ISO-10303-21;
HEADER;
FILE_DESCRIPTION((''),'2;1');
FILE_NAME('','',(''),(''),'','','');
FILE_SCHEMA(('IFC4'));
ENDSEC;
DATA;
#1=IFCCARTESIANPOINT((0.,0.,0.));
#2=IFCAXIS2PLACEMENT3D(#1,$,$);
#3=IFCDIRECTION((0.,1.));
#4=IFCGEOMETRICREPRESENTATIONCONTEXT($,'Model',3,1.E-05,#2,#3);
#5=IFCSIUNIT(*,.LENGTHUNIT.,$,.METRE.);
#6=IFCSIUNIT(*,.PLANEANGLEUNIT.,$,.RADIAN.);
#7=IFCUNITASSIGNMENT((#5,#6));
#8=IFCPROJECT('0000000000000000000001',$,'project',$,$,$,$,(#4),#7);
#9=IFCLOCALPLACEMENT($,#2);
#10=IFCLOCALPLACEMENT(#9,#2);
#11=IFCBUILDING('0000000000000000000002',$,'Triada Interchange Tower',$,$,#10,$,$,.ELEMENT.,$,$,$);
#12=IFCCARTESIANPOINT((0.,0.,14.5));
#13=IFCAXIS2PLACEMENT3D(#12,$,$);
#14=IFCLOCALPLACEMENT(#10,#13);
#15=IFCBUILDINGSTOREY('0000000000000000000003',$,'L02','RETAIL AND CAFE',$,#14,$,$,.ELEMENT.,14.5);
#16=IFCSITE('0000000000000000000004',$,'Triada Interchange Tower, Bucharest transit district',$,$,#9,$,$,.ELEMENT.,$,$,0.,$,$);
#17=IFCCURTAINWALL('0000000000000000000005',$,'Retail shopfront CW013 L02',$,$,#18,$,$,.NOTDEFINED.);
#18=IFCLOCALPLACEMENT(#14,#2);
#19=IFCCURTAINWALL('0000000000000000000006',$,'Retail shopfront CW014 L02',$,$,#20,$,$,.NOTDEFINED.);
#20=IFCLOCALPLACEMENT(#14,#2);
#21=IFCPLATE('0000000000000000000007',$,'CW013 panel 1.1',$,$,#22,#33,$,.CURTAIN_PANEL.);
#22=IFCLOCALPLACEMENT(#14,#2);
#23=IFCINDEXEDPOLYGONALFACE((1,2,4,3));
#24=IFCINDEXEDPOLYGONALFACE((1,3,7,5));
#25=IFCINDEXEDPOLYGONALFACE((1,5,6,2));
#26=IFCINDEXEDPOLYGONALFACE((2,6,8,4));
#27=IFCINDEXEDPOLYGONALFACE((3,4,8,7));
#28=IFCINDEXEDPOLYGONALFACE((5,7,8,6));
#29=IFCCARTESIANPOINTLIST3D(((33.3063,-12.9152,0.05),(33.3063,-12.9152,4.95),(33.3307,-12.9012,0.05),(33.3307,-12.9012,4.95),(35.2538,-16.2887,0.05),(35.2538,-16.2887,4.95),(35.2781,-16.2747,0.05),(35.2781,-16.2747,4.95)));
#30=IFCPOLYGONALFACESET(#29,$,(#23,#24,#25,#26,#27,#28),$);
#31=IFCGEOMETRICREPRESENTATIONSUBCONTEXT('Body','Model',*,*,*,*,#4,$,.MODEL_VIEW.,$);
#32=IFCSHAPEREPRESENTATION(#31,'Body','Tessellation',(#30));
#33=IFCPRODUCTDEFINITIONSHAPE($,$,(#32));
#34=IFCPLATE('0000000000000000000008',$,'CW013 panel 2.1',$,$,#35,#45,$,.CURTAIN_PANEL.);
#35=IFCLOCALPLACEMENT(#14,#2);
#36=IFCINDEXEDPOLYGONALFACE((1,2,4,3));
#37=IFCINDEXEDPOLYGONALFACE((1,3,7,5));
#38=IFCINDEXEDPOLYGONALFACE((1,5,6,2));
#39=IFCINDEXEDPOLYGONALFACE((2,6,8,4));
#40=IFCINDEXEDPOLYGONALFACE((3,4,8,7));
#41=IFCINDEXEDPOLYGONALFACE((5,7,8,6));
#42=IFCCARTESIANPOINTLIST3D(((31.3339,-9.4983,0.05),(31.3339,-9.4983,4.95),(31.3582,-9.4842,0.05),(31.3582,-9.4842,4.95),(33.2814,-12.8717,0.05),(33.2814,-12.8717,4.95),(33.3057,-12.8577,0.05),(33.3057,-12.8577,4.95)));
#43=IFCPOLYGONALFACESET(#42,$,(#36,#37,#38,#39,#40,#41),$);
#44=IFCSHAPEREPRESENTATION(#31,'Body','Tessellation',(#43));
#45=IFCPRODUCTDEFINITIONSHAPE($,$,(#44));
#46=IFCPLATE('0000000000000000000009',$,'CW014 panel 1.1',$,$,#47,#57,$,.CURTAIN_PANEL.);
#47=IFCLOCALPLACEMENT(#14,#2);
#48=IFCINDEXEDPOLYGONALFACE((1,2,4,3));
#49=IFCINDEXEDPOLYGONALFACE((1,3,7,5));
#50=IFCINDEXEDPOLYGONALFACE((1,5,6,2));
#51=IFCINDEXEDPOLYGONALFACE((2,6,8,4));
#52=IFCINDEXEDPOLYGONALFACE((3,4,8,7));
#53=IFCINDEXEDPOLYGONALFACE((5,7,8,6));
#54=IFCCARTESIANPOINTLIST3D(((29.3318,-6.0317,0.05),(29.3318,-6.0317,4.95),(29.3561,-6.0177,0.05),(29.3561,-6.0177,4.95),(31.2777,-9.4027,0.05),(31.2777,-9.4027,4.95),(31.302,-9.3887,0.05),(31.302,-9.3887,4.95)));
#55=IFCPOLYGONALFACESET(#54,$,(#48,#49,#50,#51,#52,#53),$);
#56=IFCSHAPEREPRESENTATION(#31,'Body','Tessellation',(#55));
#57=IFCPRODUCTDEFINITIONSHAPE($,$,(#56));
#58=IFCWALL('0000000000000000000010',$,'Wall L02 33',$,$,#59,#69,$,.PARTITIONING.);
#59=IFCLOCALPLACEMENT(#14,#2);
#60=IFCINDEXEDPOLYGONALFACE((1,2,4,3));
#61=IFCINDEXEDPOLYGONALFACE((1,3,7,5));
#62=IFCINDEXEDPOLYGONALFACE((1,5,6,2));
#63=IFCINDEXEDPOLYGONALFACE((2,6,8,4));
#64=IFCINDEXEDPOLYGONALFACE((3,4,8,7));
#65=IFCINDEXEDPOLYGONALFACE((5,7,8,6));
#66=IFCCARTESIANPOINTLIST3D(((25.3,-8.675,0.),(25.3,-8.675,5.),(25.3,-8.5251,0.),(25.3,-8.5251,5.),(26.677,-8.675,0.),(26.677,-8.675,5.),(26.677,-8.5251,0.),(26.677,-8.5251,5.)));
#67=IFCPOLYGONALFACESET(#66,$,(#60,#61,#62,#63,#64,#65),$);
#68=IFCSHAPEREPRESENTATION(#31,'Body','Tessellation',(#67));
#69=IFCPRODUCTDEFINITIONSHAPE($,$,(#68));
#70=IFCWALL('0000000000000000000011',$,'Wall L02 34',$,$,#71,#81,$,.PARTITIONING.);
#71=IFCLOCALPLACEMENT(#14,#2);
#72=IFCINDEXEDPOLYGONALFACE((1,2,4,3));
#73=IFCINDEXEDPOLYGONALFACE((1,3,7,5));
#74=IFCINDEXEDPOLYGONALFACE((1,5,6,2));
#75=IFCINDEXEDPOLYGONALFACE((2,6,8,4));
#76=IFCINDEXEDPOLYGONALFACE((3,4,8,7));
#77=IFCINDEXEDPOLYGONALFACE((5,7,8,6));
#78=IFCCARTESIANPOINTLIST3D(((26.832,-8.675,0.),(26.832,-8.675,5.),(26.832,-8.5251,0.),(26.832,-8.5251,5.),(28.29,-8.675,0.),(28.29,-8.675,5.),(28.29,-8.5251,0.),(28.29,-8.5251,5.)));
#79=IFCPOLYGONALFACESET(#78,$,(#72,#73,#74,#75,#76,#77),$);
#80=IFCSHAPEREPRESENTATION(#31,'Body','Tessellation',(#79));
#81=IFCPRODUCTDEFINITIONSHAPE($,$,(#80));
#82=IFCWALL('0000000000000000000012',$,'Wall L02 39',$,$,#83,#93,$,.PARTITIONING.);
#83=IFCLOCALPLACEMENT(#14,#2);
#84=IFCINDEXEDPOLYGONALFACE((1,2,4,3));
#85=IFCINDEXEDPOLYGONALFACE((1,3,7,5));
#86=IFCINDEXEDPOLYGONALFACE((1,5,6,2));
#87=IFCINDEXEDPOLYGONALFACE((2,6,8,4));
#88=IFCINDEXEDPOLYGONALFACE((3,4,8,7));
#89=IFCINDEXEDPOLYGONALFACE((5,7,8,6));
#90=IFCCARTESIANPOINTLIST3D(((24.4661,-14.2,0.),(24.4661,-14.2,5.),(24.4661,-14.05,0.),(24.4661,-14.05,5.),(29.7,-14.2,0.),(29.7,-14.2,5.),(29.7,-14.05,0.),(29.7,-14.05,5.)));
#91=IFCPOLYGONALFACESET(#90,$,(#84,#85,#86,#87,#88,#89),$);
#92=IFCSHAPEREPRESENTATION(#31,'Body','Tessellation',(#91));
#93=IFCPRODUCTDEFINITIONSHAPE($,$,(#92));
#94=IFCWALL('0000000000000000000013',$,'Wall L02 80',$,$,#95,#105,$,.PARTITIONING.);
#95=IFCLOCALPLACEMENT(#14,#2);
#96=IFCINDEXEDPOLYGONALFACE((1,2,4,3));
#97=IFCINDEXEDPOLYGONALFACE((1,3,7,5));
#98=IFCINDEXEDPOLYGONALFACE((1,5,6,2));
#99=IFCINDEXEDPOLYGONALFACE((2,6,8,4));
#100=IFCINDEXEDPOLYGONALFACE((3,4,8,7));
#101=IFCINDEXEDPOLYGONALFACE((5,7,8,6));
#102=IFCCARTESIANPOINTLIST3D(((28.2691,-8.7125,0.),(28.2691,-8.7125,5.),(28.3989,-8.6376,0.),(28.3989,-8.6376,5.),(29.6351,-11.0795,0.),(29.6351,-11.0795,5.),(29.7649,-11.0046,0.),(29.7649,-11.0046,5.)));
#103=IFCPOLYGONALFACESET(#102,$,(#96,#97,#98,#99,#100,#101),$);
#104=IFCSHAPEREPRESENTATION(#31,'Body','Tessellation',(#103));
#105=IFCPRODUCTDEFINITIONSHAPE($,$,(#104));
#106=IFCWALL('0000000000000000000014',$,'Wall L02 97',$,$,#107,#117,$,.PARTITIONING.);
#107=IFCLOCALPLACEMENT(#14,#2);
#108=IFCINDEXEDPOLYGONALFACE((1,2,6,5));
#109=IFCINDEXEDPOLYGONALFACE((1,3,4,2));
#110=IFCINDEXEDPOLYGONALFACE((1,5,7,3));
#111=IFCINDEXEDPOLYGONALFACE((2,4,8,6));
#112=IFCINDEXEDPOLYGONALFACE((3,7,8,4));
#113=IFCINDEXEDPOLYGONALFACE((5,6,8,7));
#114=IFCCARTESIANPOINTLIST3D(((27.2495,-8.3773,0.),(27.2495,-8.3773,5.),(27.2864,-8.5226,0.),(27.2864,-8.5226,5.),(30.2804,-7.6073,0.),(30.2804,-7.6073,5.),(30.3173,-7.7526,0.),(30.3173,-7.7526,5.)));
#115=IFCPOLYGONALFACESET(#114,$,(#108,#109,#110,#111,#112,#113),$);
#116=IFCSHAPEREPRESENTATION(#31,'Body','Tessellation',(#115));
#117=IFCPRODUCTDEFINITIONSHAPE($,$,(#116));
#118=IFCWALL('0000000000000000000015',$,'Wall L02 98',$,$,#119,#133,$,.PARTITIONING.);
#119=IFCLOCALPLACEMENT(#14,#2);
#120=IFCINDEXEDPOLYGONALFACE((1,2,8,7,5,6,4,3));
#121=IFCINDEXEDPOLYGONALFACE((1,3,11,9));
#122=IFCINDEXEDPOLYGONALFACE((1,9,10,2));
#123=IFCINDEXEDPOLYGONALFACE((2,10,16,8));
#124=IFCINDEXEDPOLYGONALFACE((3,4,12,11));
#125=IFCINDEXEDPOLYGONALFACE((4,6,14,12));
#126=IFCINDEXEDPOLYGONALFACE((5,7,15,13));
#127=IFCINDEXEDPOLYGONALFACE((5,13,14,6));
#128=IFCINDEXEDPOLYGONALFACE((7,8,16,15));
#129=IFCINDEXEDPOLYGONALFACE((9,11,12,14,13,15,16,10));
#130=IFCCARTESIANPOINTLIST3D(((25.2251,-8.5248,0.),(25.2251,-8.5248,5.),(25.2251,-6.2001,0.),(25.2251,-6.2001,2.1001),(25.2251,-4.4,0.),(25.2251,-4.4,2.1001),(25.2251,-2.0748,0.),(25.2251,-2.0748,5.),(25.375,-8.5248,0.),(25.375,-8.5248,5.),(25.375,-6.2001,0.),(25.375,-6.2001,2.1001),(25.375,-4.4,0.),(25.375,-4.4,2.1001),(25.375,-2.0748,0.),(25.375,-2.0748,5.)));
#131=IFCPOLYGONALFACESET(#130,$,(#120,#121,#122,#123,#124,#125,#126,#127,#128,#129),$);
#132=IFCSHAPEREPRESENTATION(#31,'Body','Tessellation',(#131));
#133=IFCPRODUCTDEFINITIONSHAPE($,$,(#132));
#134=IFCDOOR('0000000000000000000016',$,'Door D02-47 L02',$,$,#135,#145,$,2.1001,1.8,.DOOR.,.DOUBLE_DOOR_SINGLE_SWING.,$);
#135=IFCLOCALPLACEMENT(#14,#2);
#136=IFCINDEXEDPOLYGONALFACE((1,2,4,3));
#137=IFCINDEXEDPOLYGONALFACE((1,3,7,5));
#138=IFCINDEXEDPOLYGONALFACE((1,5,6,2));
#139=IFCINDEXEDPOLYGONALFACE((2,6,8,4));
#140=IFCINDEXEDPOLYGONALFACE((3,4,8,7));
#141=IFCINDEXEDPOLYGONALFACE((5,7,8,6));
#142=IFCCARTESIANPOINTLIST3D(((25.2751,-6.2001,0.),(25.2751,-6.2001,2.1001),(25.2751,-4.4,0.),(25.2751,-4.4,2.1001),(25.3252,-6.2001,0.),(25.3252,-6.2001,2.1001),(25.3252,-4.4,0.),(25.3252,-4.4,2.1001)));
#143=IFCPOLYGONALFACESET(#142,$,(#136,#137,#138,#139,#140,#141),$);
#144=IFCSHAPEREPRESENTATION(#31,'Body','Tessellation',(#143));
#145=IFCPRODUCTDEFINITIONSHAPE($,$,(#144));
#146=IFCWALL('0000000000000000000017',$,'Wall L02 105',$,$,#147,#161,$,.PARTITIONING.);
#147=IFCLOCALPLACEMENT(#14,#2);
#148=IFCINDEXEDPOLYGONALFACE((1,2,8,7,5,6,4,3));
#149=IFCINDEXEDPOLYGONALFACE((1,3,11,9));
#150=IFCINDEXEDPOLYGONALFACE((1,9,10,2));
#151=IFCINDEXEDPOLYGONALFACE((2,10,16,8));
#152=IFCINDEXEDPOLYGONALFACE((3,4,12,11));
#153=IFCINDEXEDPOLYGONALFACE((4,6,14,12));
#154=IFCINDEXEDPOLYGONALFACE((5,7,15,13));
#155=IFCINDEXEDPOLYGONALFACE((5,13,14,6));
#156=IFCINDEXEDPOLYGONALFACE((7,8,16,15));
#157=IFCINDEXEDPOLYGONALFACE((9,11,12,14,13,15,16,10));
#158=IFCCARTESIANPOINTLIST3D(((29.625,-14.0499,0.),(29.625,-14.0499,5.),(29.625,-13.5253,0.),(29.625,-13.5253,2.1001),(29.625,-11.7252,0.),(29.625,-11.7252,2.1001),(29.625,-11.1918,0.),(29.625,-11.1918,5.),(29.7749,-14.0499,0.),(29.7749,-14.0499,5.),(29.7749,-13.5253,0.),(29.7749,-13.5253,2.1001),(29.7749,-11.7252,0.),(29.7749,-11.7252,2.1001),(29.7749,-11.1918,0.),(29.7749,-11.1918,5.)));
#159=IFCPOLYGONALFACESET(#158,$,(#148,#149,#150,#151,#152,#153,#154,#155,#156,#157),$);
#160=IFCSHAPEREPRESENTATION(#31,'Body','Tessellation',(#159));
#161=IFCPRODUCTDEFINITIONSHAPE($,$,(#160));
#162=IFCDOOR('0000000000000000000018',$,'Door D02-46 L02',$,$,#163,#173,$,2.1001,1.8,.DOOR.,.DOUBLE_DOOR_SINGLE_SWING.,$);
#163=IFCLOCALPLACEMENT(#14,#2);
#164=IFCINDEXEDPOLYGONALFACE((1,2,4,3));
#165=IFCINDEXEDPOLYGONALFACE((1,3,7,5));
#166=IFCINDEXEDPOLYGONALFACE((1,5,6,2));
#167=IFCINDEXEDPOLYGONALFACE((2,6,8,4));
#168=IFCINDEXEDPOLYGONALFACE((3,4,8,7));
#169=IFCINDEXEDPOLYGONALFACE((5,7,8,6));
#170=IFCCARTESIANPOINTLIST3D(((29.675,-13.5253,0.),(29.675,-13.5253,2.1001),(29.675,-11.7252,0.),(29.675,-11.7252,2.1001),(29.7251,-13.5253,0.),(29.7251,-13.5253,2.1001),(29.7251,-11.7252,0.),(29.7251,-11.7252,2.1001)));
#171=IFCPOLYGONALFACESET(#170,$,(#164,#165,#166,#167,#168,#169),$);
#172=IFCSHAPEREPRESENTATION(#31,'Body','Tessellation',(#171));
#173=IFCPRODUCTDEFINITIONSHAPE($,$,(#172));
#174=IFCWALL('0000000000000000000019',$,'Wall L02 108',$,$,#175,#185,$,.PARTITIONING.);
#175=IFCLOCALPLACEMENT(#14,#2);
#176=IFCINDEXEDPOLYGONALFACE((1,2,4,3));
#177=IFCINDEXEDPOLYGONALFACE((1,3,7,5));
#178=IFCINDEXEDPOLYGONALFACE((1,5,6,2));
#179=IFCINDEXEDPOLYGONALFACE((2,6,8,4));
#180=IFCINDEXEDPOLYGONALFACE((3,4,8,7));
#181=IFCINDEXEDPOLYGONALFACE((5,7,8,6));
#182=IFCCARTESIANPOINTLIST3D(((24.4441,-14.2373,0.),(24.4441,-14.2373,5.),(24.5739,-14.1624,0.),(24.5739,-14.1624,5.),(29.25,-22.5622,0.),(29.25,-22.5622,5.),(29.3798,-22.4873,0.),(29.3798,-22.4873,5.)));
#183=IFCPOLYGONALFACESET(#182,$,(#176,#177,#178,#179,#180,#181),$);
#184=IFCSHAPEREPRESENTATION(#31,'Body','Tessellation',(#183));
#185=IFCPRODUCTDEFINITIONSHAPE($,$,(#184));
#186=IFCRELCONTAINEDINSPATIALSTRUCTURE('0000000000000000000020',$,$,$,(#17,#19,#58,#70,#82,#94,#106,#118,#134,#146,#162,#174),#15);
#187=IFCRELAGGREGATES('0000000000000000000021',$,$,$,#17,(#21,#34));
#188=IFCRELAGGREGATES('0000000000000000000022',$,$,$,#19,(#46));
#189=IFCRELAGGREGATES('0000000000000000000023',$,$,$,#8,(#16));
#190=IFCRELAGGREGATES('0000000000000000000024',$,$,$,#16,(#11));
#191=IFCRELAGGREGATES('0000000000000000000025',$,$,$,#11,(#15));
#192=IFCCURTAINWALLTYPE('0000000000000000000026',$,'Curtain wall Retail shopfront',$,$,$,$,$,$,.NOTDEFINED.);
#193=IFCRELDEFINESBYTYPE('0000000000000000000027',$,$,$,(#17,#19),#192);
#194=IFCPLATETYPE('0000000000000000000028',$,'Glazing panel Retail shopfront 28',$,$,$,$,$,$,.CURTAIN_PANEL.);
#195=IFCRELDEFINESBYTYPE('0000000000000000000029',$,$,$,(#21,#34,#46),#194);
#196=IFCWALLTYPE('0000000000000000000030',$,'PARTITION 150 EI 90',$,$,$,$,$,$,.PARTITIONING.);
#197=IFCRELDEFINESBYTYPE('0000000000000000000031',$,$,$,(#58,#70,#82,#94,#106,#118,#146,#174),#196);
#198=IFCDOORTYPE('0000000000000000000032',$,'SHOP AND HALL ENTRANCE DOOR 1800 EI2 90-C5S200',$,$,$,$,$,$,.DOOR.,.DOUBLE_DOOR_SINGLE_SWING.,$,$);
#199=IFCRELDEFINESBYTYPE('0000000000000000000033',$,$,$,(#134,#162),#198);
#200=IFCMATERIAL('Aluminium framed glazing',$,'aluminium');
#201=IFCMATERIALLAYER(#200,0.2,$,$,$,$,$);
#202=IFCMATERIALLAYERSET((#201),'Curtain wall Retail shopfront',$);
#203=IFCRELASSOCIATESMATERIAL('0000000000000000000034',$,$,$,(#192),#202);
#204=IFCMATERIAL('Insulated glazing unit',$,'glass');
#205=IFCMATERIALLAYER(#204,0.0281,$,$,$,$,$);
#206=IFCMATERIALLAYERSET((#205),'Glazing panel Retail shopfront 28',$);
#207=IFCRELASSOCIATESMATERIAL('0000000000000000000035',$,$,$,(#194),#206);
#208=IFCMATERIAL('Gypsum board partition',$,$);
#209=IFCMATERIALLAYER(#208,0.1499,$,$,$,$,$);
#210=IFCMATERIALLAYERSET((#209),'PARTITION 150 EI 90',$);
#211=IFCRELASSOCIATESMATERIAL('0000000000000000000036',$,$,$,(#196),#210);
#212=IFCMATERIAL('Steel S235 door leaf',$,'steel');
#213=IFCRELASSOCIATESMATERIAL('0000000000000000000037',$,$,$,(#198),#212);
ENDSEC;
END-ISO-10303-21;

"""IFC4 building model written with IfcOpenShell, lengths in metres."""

from ifc_helpers import new_model, si_unit, direction, frame, frame_2d, origin, origin_2d, place, context, subcontext, project, spatial, rectangle, extrude, material, layer, layer_set, type_object, element, fill, aggregate, save


model = new_model("IFC4")

# Units and contexts
model_context = context("Model", 3, precision=1e-05, world=origin(), true_north=direction((0.0, 1.0)))
body_context = subcontext(model_context, "Body", "Model", "MODEL_VIEW")
ifc_project = project(units=[si_unit("LENGTHUNIT", "METRE"), si_unit("PLANEANGLEUNIT", "RADIAN")], contexts=[model_context])

# Site, building, storey
site_placement = place(None, origin())
site = spatial("IfcSite", under=ifc_project, at=site_placement, Name="Triada Interchange Tower, Bucharest transit district", CompositionType="ELEMENT", RefElevation=0.0)
building_placement = place(site_placement, origin())
building = spatial("IfcBuilding", under=site, at=building_placement, Name="Triada Interchange Tower", CompositionType="ELEMENT")
storey_placement = place(building_placement, frame((0.0, 0.0, 14.5)))
storey = spatial("IfcBuildingStorey", under=building, at=storey_placement, Name="L02", Description="RETAIL AND CAFE", CompositionType="ELEMENT", Elevation=14.5)

# Curtain wall
ifc_material_1 = material(Name="Aluminium framed glazing", Category="aluminium")
ifc_layer_1 = layer(ifc_material_1, 0.2)
ifc_layer_set_1 = layer_set([ifc_layer_1], Name="Curtain wall Retail shopfront")
curtain_wall_type = type_object("IfcCurtainWallType", Name="Curtain wall Retail shopfront", PredefinedType="NOTDEFINED", material=ifc_layer_set_1)
curtain_wall_1_placement = place(storey_placement, origin())
curtain_wall_1 = element("IfcCurtainWall", 1, at=curtain_wall_1_placement, inside=storey, type_object=curtain_wall_type, Name="Retail shopfront CW013 L02", PredefinedType="NOTDEFINED")

# Curtain wall
curtain_wall_2_placement = place(storey_placement, origin())
curtain_wall_2 = element("IfcCurtainWall", 2, at=curtain_wall_2_placement, inside=storey, type_object=curtain_wall_type, Name="Retail shopfront CW014 L02", PredefinedType="NOTDEFINED")

# Plates
ifc_material_2 = material(Name="Insulated glazing unit", Category="glass")
ifc_layer_2 = layer(ifc_material_2, 0.0281)
ifc_layer_set_2 = layer_set([ifc_layer_2], Name="Glazing panel Retail shopfront 28")
plate_type = type_object("IfcPlateType", Name="Glazing panel Retail shopfront 28", PredefinedType="CURTAIN_PANEL", material=ifc_layer_set_2)
plate_1_placement = place(storey_placement, frame((34.2922, -14.595, 0.05), z_axis=(0.0, 0.0, 1.0), x_axis=(-0.499959, 0.866049, 0.0)))
plate_1 = element("IfcPlate", 3, at=plate_1_placement, type_object=plate_type, Name="CW013 panel 1.1", PredefinedType="CURTAIN_PANEL", context=body_context, shape_type="SweptSolid", body=[
    extrude(rectangle(XDim=3.8953, YDim=0.0281, at=origin_2d()), origin(), (0.0, 0.0, 1.0), 4.8999),
])
plate_2_placement = place(storey_placement, frame((32.3198, -11.178, 0.05), z_axis=(0.0, 0.0, 1.0), x_axis=(-0.499959, 0.866049, 0.0)))
plate_2 = element("IfcPlate", 4, at=plate_2_placement, type_object=plate_type, Name="CW013 panel 2.1", PredefinedType="CURTAIN_PANEL", context=body_context, shape_type="SweptSolid", body=[
    extrude(rectangle(XDim=3.8953, YDim=0.0281, at=origin_2d()), origin(), (0.0, 0.0, 1.0), 4.8999),
])
aggregate(curtain_wall_1, [plate_1, plate_2])
plate_3_placement = place(storey_placement, frame((30.3169, -7.7102, 0.05), z_axis=(0.0, 0.0, 1.0), x_axis=(-0.499948, 0.866055, 0.0)))
plate_3 = element("IfcPlate", 5, at=plate_3_placement, type_object=plate_type, Name="CW014 panel 1.1", PredefinedType="CURTAIN_PANEL", context=body_context, shape_type="SweptSolid", body=[
    extrude(rectangle(XDim=3.8923, YDim=0.0281, at=origin_2d()), origin(), (0.0, 0.0, 1.0), 4.8999),
])
aggregate(curtain_wall_2, [plate_3])

# Walls
ifc_material_3 = material(Name="Gypsum board partition")
ifc_layer_3 = layer(ifc_material_3, 0.1499)
ifc_layer_set_3 = layer_set([ifc_layer_3], Name="PARTITION 150 EI 90")
wall_type = type_object("IfcWallType", Name="PARTITION 150 EI 90", PredefinedType="PARTITIONING", material=ifc_layer_set_3)
wall_1_placement = place(storey_placement, frame((25.3, -8.6001, 0.0), z_axis=(0.0, 0.0, 1.0), x_axis=(1.0, 0.0, 0.0)))
element("IfcWall", 6, at=wall_1_placement, inside=storey, type_object=wall_type, Name="Wall L02 33", PredefinedType="PARTITIONING", context=body_context, shape_type="SweptSolid", body=[
    extrude(rectangle(XDim=1.377, YDim=0.1499, at=frame_2d((0.6885, 0.0))), origin(), (0.0, 0.0, 1.0), 5.0),
])
wall_2_placement = place(storey_placement, frame((26.832, -8.6001, 0.0), z_axis=(0.0, 0.0, 1.0), x_axis=(1.0, 0.0, 0.0)))
element("IfcWall", 7, at=wall_2_placement, inside=storey, type_object=wall_type, Name="Wall L02 34", PredefinedType="PARTITIONING", context=body_context, shape_type="SweptSolid", body=[
    extrude(rectangle(XDim=1.458, YDim=0.1499, at=frame_2d((0.729, 0.0))), origin(), (0.0, 0.0, 1.0), 5.0),
])
wall_3_placement = place(storey_placement, frame((24.4661, -14.125, 0.0), z_axis=(0.0, 0.0, 1.0), x_axis=(1.0, 0.0, 0.0)))
element("IfcWall", 8, at=wall_3_placement, inside=storey, type_object=wall_type, Name="Wall L02 39", PredefinedType="PARTITIONING", context=body_context, shape_type="SweptSolid", body=[
    extrude(rectangle(XDim=5.2339, YDim=0.1499, at=frame_2d((2.6169, 0.0))), origin(), (0.0, 0.0, 1.0), 5.0),
])
wall_4_placement = place(storey_placement, frame((28.334, -8.675, 0.0), z_axis=(0.0, 0.0, 1.0), x_axis=(0.499838, -0.866119, 0.0)))
element("IfcWall", 9, at=wall_4_placement, inside=storey, type_object=wall_type, Name="Wall L02 80", PredefinedType="PARTITIONING", context=body_context, shape_type="SweptSolid", body=[
    extrude(rectangle(XDim=2.7329, YDim=0.1499, at=frame_2d((1.3665, 0.0))), origin(), (0.0, 0.0, 1.0), 5.0),
])
wall_5_placement = place(storey_placement, frame((27.2681, -8.45, 0.0), z_axis=(0.0, 0.0, 1.0), x_axis=(0.969212, 0.246226, 0.0)))
element("IfcWall", 10, at=wall_5_placement, inside=storey, type_object=wall_type, Name="Wall L02 97", PredefinedType="PARTITIONING", context=body_context, shape_type="SweptSolid", body=[
    extrude(rectangle(XDim=3.1272, YDim=0.1499, at=frame_2d((1.5635, 0.0))), origin(), (0.0, 0.0, 1.0), 5.0),
])

# Walls, openings, doors
wall_6_placement = place(storey_placement, frame((25.3, -8.5249, 0.0), z_axis=(0.0, 0.0, 1.0), x_axis=(0.0, 1.0, 0.0)))
wall_6 = element("IfcWall", 11, at=wall_6_placement, inside=storey, type_object=wall_type, Name="Wall L02 98", PredefinedType="PARTITIONING", context=body_context, shape_type="SweptSolid", body=[
    extrude(rectangle(XDim=6.45, YDim=0.1499, at=frame_2d((3.2251, 0.0))), origin(), (0.0, 0.0, 1.0), 5.0),
])
opening_1_placement = place(wall_6_placement, frame((2.325, 0.0, 0.0)))
opening_1 = element("IfcOpeningElement", 12, at=opening_1_placement, cuts=wall_6, PredefinedType="OPENING", context=body_context, shape_type="SweptSolid", body=[
    extrude(rectangle(XDim=1.8, YDim=2.1001, at=frame_2d((0.8999, 1.05))), frame((0.0, 0.085, 0.0), z_axis=(0.0, -1.0, 0.0), x_axis=(1.0, 0.0, 0.0)), (0.0, 0.0, 1.0), 0.1699),
])
ifc_material_4 = material(Name="Steel S235 door leaf", Category="steel")
door_type = type_object("IfcDoorType", Name="SHOP AND HALL ENTRANCE DOOR 1800 EI2 90-C5S200", OperationType="DOUBLE_DOOR_SINGLE_SWING", PredefinedType="DOOR", material=ifc_material_4)
door_1_placement = place(opening_1_placement, origin())
door_1 = element("IfcDoor", 13, at=door_1_placement, inside=storey, type_object=door_type, Name="Door D02-47 L02", OperationType="DOUBLE_DOOR_SINGLE_SWING", OverallHeight=2.1001, OverallWidth=1.8, PredefinedType="DOOR", context=body_context, shape_type="SweptSolid", body=[
    extrude(rectangle(XDim=1.8, YDim=2.1001, at=frame_2d((0.8999, 1.05))), frame((0.0, 0.0249, 0.0), z_axis=(0.0, -1.0, 0.0), x_axis=(1.0, 0.0, 0.0)), (0.0, 0.0, 1.0), 0.05),
])
fill(opening_1, door_1)
wall_7_placement = place(storey_placement, frame((29.7, -14.05, 0.0), z_axis=(0.0, 0.0, 1.0), x_axis=(0.0, 1.0, 0.0)))
wall_7 = element("IfcWall", 14, at=wall_7_placement, inside=storey, type_object=wall_type, Name="Wall L02 105", PredefinedType="PARTITIONING", context=body_context, shape_type="SweptSolid", body=[
    extrude(rectangle(XDim=2.8582, YDim=0.1499, at=frame_2d((1.4292, 0.0))), origin(), (0.0, 0.0, 1.0), 5.0),
])
opening_2_placement = place(wall_7_placement, frame((0.5249, 0.0, 0.0)))
opening_2 = element("IfcOpeningElement", 15, at=opening_2_placement, cuts=wall_7, PredefinedType="OPENING", context=body_context, shape_type="SweptSolid", body=[
    extrude(rectangle(XDim=1.8, YDim=2.1001, at=frame_2d((0.8999, 1.05))), frame((0.0, 0.085, 0.0), z_axis=(0.0, -1.0, 0.0), x_axis=(1.0, 0.0, 0.0)), (0.0, 0.0, 1.0), 0.1699),
])
door_2_placement = place(opening_2_placement, origin())
door_2 = element("IfcDoor", 16, at=door_2_placement, inside=storey, type_object=door_type, Name="Door D02-46 L02", OperationType="DOUBLE_DOOR_SINGLE_SWING", OverallHeight=2.1001, OverallWidth=1.8, PredefinedType="DOOR", context=body_context, shape_type="SweptSolid", body=[
    extrude(rectangle(XDim=1.8, YDim=2.1001, at=frame_2d((0.8999, 1.05))), frame((0.0, 0.0249, 0.0), z_axis=(0.0, -1.0, 0.0), x_axis=(1.0, 0.0, 0.0)), (0.0, 0.0, 1.0), 0.05),
])
fill(opening_2, door_2)

# Wall
wall_8_placement = place(storey_placement, frame((24.509, -14.2, 0.0), z_axis=(0.0, 0.0, 1.0), x_axis=(0.499961, -0.866048, 0.0)))
element("IfcWall", 17, at=wall_8_placement, inside=storey, type_object=wall_type, Name="Wall L02 108", PredefinedType="PARTITIONING", context=body_context, shape_type="SweptSolid", body=[
    extrude(rectangle(XDim=9.6125, YDim=0.1499, at=frame_2d((4.8062, 0.0))), origin(), (0.0, 0.0, 1.0), 5.0),
])

save(model, "model.ifc")
